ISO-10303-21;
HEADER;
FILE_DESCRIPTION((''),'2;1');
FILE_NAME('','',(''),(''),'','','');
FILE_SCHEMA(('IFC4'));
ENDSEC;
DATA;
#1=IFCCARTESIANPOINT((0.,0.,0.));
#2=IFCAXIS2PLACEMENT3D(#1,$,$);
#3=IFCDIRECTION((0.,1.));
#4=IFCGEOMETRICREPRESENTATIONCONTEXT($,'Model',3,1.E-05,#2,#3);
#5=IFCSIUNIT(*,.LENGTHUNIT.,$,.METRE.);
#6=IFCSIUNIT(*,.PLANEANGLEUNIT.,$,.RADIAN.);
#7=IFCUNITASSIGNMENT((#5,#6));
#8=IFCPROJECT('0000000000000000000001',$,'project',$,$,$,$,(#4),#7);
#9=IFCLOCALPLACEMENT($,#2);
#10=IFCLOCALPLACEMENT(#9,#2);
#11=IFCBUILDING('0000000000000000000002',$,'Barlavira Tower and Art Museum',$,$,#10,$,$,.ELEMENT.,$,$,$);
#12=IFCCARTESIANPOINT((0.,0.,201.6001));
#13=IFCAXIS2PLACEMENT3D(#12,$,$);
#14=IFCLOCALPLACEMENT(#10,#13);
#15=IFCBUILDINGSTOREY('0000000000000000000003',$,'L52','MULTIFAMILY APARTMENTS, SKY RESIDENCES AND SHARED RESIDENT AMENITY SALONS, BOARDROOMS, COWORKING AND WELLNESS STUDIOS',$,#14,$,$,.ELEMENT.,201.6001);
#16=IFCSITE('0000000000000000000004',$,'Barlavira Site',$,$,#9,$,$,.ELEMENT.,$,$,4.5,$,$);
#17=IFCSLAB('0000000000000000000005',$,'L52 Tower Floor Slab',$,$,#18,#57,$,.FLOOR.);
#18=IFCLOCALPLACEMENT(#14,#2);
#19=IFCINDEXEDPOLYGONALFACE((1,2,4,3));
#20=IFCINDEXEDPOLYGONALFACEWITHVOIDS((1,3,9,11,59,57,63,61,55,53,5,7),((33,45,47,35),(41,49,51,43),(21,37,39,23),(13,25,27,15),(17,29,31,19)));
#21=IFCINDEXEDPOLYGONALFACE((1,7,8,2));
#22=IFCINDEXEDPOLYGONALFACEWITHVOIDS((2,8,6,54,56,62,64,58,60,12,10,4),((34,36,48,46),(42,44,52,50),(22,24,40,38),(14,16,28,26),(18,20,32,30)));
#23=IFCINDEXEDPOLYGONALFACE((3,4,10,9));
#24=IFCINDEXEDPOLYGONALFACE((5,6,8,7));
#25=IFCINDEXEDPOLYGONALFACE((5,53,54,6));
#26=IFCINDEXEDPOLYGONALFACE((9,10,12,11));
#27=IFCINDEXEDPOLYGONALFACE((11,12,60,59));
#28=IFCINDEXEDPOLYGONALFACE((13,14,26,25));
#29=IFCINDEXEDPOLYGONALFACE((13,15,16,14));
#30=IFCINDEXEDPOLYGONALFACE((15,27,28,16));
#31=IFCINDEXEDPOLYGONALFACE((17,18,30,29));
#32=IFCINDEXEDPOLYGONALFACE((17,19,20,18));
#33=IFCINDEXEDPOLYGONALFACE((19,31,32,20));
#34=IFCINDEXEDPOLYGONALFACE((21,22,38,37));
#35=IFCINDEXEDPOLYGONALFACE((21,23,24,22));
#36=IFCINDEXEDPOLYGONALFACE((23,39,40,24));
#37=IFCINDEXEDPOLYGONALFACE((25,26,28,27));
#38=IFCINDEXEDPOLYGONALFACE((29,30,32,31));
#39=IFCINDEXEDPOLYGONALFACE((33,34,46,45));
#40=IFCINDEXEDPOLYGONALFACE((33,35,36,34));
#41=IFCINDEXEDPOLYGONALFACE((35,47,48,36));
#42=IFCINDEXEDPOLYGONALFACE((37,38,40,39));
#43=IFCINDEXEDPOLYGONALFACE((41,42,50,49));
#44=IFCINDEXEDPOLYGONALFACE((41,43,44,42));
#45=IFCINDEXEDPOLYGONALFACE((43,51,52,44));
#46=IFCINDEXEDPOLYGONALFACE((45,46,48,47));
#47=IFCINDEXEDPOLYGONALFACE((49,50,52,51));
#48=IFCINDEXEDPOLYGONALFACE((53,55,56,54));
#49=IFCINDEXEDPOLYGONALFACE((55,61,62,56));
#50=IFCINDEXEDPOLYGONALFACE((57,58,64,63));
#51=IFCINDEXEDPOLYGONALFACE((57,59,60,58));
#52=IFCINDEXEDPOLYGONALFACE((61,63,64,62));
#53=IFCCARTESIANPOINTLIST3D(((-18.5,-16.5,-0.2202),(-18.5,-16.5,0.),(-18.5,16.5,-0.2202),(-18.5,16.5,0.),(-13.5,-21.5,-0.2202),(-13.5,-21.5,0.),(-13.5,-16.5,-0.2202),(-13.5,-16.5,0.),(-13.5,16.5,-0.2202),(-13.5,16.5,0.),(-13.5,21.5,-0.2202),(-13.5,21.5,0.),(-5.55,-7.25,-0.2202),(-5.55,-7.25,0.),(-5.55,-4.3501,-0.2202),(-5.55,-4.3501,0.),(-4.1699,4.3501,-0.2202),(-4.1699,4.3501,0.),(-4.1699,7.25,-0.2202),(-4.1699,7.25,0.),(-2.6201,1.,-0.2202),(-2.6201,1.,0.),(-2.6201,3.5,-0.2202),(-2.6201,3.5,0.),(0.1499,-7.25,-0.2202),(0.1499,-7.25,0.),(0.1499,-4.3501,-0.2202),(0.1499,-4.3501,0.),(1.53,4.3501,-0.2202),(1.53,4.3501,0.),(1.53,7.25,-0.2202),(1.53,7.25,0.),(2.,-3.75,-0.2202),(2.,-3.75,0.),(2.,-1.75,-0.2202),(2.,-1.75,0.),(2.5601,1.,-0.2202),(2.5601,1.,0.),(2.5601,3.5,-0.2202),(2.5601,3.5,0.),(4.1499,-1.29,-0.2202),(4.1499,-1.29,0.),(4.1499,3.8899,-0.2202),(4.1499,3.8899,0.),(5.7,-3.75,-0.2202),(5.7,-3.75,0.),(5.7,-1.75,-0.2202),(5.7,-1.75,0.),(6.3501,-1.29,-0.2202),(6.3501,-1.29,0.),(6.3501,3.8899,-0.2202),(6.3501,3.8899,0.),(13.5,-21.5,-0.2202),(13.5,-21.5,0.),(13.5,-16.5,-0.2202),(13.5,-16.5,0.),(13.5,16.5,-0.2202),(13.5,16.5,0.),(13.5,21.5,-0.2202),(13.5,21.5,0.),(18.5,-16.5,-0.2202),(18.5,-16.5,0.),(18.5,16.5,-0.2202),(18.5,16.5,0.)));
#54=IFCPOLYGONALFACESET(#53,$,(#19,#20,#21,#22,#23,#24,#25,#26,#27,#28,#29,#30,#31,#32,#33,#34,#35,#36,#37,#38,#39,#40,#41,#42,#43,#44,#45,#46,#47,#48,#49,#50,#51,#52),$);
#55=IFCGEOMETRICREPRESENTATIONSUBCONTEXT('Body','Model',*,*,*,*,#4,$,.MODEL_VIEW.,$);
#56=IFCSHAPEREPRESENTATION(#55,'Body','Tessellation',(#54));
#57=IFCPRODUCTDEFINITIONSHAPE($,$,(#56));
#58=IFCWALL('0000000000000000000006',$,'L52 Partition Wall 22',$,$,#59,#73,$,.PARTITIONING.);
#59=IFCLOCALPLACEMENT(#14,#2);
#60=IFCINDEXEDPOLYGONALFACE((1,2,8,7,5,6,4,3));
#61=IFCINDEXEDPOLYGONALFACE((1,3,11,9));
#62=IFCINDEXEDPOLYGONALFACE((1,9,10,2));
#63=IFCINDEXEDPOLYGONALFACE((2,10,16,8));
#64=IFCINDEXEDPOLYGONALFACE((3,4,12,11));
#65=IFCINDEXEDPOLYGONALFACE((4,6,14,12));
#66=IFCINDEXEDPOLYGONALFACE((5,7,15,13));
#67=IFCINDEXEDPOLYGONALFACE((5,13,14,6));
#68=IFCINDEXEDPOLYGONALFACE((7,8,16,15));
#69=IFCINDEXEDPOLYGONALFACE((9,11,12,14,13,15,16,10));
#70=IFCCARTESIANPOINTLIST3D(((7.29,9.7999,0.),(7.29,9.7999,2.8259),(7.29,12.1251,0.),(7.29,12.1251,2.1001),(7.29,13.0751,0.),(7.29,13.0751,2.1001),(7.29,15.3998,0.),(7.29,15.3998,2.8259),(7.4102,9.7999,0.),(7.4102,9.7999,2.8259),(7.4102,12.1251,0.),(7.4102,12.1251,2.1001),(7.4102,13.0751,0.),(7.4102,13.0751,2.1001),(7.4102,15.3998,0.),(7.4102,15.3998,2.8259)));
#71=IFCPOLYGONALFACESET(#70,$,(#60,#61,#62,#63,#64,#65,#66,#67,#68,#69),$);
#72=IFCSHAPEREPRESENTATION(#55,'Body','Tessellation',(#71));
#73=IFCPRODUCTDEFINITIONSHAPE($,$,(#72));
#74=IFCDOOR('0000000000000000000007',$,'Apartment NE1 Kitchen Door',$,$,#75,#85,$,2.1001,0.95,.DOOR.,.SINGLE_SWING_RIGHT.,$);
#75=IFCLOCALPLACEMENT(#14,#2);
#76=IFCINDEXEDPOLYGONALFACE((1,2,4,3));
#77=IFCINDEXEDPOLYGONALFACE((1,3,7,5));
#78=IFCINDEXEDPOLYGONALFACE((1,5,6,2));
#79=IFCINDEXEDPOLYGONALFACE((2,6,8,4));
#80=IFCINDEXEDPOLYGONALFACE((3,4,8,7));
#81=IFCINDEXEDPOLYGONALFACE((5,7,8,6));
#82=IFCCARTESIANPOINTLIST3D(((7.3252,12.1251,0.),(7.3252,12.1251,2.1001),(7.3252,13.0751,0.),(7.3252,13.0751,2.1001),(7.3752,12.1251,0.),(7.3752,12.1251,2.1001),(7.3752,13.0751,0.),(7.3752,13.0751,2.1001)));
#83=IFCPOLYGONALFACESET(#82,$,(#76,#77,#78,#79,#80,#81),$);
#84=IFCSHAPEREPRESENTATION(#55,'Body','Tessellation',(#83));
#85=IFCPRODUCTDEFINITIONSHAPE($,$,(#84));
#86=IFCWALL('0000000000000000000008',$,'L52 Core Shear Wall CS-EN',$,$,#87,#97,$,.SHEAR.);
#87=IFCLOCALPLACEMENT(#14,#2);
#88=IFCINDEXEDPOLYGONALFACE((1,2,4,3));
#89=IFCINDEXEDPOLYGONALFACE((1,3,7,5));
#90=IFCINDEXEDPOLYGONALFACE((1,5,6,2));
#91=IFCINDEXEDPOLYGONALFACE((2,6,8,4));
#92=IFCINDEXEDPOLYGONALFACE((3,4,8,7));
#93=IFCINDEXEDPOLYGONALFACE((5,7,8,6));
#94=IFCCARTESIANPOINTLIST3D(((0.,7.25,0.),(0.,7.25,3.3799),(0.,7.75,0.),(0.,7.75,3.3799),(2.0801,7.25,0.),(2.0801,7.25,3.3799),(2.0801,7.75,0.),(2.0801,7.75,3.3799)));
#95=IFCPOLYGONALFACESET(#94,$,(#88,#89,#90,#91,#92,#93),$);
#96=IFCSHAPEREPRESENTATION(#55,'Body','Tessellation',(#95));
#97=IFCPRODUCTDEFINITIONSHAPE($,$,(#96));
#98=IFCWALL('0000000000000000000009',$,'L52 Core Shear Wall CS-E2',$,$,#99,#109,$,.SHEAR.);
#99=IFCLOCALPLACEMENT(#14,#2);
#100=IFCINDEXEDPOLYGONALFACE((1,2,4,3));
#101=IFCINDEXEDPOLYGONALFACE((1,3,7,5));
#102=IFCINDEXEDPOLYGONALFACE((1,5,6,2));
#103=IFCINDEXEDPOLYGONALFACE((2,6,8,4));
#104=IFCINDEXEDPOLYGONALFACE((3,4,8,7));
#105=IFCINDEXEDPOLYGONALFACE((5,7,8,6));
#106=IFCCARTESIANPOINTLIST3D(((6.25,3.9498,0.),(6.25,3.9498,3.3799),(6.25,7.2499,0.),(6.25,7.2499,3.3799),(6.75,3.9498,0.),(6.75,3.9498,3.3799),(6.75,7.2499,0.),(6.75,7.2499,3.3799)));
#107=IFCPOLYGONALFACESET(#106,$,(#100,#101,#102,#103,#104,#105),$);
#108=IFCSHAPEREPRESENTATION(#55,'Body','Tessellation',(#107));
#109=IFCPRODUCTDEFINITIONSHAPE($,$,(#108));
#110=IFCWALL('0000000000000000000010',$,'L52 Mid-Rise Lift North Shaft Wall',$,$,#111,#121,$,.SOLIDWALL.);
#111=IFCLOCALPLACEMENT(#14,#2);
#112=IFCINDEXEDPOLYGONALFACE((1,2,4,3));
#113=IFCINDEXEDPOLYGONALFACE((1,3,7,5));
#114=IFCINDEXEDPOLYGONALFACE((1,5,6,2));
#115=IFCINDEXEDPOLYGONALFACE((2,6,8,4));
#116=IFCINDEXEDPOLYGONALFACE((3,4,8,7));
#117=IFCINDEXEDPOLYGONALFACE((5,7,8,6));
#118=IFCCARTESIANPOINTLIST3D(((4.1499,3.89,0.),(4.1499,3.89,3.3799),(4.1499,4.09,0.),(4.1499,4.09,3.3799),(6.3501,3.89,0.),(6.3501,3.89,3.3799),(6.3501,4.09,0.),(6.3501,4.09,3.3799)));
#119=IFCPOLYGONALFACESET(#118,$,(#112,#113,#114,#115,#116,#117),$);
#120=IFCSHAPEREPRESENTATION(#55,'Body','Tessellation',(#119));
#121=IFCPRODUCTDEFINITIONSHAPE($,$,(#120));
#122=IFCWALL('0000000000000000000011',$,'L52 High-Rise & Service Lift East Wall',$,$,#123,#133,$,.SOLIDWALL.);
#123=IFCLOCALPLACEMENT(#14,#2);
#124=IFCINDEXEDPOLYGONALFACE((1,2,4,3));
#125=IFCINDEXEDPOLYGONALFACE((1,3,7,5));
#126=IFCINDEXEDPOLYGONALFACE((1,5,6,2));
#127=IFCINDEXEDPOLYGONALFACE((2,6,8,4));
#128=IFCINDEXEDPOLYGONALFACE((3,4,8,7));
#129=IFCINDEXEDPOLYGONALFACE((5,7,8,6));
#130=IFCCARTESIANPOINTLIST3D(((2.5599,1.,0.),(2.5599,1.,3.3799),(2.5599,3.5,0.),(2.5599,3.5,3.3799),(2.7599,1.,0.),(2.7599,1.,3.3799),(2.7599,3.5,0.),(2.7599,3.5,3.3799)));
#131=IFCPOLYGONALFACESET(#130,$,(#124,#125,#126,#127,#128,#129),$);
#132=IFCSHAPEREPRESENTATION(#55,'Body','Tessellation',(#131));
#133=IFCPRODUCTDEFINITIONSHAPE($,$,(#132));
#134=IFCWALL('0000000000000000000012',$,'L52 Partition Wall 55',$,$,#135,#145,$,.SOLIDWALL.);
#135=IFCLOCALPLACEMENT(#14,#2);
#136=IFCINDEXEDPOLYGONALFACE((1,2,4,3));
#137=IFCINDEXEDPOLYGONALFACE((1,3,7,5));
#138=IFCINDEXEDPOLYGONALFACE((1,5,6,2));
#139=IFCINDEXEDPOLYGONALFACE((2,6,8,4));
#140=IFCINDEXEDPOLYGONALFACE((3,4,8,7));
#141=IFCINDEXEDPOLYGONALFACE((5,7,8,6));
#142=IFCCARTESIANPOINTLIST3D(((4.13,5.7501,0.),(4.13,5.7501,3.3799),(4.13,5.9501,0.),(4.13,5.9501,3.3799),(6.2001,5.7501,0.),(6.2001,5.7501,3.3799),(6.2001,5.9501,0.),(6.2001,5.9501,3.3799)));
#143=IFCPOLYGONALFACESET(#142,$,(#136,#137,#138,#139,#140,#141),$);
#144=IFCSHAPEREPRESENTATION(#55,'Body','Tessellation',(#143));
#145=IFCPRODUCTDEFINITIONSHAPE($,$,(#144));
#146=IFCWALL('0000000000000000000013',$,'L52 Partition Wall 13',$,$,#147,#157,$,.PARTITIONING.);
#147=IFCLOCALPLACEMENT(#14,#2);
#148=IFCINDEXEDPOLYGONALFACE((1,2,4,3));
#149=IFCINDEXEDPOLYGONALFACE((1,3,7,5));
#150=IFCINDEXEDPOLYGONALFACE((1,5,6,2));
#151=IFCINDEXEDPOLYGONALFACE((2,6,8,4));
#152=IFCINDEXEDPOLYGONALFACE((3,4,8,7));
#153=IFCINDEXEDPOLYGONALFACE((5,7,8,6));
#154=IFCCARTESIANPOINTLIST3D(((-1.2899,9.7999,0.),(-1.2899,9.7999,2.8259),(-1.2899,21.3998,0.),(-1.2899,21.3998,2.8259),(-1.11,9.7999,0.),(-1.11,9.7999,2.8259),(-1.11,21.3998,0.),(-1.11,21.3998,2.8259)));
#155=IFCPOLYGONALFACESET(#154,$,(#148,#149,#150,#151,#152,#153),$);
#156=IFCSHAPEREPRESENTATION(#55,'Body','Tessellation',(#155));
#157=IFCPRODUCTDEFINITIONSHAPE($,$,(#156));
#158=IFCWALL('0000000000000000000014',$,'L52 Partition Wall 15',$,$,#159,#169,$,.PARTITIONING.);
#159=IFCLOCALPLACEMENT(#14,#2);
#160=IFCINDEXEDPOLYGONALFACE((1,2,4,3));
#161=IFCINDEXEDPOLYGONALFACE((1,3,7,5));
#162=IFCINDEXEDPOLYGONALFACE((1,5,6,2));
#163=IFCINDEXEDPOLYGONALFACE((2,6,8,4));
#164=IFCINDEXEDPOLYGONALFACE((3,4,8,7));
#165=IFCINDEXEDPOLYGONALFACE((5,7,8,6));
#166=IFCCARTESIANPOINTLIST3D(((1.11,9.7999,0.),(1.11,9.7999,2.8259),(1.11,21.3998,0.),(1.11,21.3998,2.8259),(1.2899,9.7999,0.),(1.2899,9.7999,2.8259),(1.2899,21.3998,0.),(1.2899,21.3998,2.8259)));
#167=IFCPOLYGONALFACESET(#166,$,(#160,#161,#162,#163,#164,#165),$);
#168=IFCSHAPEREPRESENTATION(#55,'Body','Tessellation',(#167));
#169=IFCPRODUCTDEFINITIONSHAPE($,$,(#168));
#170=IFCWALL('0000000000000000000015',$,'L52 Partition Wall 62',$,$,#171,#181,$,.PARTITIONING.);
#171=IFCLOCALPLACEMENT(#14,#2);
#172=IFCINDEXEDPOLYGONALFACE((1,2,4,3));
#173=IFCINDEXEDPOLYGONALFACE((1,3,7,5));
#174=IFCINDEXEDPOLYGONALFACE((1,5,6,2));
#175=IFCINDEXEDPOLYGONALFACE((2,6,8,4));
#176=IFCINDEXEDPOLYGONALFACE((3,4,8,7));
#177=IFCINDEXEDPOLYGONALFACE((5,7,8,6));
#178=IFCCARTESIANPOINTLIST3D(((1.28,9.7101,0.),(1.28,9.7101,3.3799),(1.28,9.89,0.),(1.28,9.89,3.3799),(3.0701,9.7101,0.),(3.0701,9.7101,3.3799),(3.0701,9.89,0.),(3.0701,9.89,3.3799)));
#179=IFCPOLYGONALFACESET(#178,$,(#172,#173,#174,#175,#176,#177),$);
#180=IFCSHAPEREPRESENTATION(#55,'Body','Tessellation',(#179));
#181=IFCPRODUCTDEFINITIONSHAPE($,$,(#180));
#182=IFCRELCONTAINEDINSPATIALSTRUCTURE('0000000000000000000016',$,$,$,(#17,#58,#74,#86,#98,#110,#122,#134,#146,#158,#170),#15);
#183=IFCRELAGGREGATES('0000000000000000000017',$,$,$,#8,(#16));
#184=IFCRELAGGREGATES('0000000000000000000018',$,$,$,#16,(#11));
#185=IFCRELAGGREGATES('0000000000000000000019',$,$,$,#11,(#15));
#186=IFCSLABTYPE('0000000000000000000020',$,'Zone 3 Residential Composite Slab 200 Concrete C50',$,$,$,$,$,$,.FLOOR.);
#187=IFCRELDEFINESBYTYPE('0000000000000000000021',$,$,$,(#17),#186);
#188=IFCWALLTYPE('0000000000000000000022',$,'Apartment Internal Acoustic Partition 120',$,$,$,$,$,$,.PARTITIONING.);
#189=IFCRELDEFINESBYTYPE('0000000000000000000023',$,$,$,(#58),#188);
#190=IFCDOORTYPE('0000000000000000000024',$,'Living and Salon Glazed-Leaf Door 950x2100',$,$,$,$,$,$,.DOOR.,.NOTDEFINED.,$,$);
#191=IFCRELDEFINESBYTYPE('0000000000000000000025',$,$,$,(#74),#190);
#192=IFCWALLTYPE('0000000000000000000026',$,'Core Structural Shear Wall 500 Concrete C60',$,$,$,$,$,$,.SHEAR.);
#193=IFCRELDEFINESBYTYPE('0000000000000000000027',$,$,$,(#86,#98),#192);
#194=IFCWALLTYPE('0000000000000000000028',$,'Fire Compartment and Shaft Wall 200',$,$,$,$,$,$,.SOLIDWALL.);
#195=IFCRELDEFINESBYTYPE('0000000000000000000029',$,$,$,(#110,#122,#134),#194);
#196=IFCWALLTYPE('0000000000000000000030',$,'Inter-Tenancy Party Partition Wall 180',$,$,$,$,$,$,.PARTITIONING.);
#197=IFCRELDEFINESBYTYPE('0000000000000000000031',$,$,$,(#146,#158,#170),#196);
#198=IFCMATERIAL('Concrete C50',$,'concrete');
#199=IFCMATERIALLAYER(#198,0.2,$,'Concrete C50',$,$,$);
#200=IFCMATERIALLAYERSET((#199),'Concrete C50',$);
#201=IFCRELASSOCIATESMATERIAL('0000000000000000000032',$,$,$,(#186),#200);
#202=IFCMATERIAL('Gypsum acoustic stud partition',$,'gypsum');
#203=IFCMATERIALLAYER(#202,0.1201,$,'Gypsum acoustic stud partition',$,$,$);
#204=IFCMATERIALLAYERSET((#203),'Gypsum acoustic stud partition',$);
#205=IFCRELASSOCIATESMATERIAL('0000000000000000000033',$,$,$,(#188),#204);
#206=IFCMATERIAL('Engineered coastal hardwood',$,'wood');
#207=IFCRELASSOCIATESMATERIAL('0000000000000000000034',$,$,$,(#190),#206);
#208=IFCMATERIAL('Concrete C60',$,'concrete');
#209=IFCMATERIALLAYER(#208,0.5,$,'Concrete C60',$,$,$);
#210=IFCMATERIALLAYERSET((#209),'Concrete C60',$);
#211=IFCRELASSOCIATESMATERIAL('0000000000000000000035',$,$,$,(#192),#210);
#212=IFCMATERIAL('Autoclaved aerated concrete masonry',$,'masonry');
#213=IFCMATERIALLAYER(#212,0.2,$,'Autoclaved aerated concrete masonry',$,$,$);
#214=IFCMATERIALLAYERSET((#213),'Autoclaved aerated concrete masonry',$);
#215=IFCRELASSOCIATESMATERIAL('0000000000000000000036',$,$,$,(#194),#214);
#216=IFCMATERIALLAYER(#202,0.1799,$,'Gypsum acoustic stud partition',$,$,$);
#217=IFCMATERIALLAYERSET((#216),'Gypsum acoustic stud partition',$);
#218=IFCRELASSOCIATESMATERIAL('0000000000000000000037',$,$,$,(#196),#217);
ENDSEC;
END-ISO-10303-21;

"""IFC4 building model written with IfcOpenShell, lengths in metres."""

from ifc_helpers import new_model, si_unit, direction, frame, frame_2d, origin, place, context, subcontext, project, spatial, polyline, rectangle, outline, extrude, material, layer, layer_set, type_object, element, fill, save


model = new_model("IFC4")

# Units and contexts
model_context = context("Model", 3, precision=1e-05, world=origin(), true_north=direction((0.0, 1.0)))
body_context = subcontext(model_context, "Body", "Model", "MODEL_VIEW")
ifc_project = project(units=[si_unit("LENGTHUNIT", "METRE"), si_unit("PLANEANGLEUNIT", "RADIAN")], contexts=[model_context])

# Site, building, storey
site_placement = place(None, origin())
site = spatial("IfcSite", under=ifc_project, at=site_placement, Name="Barlavira Site", CompositionType="ELEMENT", RefElevation=4.5)
building_placement = place(site_placement, origin())
building = spatial("IfcBuilding", under=site, at=building_placement, Name="Barlavira Tower and Art Museum", CompositionType="ELEMENT")
storey_placement = place(building_placement, frame((0.0, 0.0, 201.6001)))
storey = spatial("IfcBuildingStorey", under=building, at=storey_placement, Name="L52", Description="MULTIFAMILY APARTMENTS, SKY RESIDENCES AND SHARED RESIDENT AMENITY SALONS, BOARDROOMS, COWORKING AND WELLNESS STUDIOS", CompositionType="ELEMENT", Elevation=201.6001)

# Slab
ifc_material_1 = material(Name="Concrete C50", Category="concrete")
ifc_layer_1 = layer(ifc_material_1, 0.2, Name="Concrete C50")
ifc_layer_set_1 = layer_set([ifc_layer_1], Name="Concrete C50")
slab_type_1 = type_object("IfcSlabType", Name="Zone 3 Residential Composite Slab 200 Concrete C50", PredefinedType="FLOOR", material=ifc_layer_set_1)
slab_1_placement = place(storey_placement, frame((0.0, 0.0, -0.2202)))
element("IfcSlab", 1, at=slab_1_placement, inside=storey, type_object=slab_type_1, Name="L52 Tower Floor Slab", PredefinedType="FLOOR", context=body_context, shape_type="SweptSolid", body=[
    extrude(outline(polyline([(-13.5, -21.5), (13.5, -21.5), (13.5, -16.5), (18.5, -16.5), (18.5, 16.5), (13.5, 16.5), (13.5, 21.5), (-13.5, 21.5), (-13.5, 16.5), (-18.5, 16.5), (-18.5, -16.5), (-13.5, -16.5), (-13.5, -21.5)]), holes=[polyline([(0.1499, -4.3501), (-5.55, -4.3501), (-5.55, -7.25), (0.1499, -7.25), (0.1499, -4.3501)]), polyline([(-4.1699, 4.3501), (1.53, 4.3501), (1.53, 7.25), (-4.1699, 7.25), (-4.1699, 4.3501)]), polyline([(4.1499, -1.29), (6.3501, -1.29), (6.3501, 3.8899), (4.1499, 3.8899), (4.1499, -1.29)]), polyline([(-2.6201, 1.0), (2.5601, 1.0), (2.5601, 3.5), (-2.6201, 3.5), (-2.6201, 1.0)]), polyline([(2.0, -3.75), (5.7, -3.75), (5.7, -1.75), (2.0, -1.75), (2.0, -3.75)])]), origin(), (0.0, 0.0, 1.0), 0.2202),
])

# Wall, opening, door
ifc_material_2 = material(Name="Gypsum acoustic stud partition", Category="gypsum")
ifc_layer_2 = layer(ifc_material_2, 0.1201, Name="Gypsum acoustic stud partition")
ifc_layer_set_2 = layer_set([ifc_layer_2], Name="Gypsum acoustic stud partition")
wall_type_1 = type_object("IfcWallType", Name="Apartment Internal Acoustic Partition 120", PredefinedType="PARTITIONING", material=ifc_layer_set_2)
wall_1_placement = place(storey_placement, frame((7.3501, 9.8, 0.0), z_axis=(0.0, 0.0, 1.0), x_axis=(0.0, 1.0, 0.0)))
wall_1 = element("IfcWall", 2, at=wall_1_placement, inside=storey, type_object=wall_type_1, Name="L52 Partition Wall 22", PredefinedType="PARTITIONING", context=body_context, shape_type="SweptSolid", body=[
    extrude(rectangle(XDim=5.5999, YDim=0.1201, at=frame_2d((2.7998, 0.0))), origin(), (0.0, 0.0, 1.0), 2.8259),
])
opening_1_placement = place(wall_1_placement, frame((2.325, 0.0, 0.0)))
opening_1 = element("IfcOpeningElement", 3, at=opening_1_placement, cuts=wall_1, PredefinedType="OPENING", context=body_context, shape_type="SweptSolid", body=[
    extrude(rectangle(XDim=0.95, YDim=2.1001, at=frame_2d((0.4751, 1.05))), frame((0.0, 0.0701, 0.0), z_axis=(0.0, -1.0, 0.0), x_axis=(1.0, 0.0, 0.0)), (0.0, 0.0, 1.0), 0.1401),
])
ifc_material_3 = material(Name="Engineered coastal hardwood", Category="wood")
door_type_1 = type_object("IfcDoorType", Name="Living and Salon Glazed-Leaf Door 950x2100", OperationType="NOTDEFINED", PredefinedType="DOOR", material=ifc_material_3)
door_1_placement = place(opening_1_placement, origin())
door_1 = element("IfcDoor", 4, at=door_1_placement, inside=storey, type_object=door_type_1, Name="Apartment NE1 Kitchen Door", OperationType="SINGLE_SWING_RIGHT", OverallHeight=2.1001, OverallWidth=0.95, PredefinedType="DOOR", context=body_context, shape_type="SweptSolid", body=[
    extrude(rectangle(XDim=0.95, YDim=2.1001, at=frame_2d((0.4751, 1.05))), frame((0.0, 0.0249, 0.0), z_axis=(0.0, -1.0, 0.0), x_axis=(1.0, 0.0, 0.0)), (0.0, 0.0, 1.0), 0.05),
])
fill(opening_1, door_1)

# Walls
ifc_material_4 = material(Name="Concrete C60", Category="concrete")
ifc_layer_3 = layer(ifc_material_4, 0.5, Name="Concrete C60")
ifc_layer_set_3 = layer_set([ifc_layer_3], Name="Concrete C60")
wall_type_2 = type_object("IfcWallType", Name="Core Structural Shear Wall 500 Concrete C60", PredefinedType="SHEAR", material=ifc_layer_set_3)
wall_2_placement = place(storey_placement, frame((0.0, 7.5, 0.0), z_axis=(0.0, 0.0, 1.0), x_axis=(1.0, 0.0, 0.0)))
element("IfcWall", 5, at=wall_2_placement, inside=storey, type_object=wall_type_2, Name="L52 Core Shear Wall CS-EN", PredefinedType="SHEAR", context=body_context, shape_type="SweptSolid", body=[
    extrude(rectangle(XDim=2.0801, YDim=0.5, at=frame_2d((1.04, 0.0))), origin(), (0.0, 0.0, 1.0), 3.3799),
])
wall_3_placement = place(storey_placement, frame((6.5, 3.95, 0.0), z_axis=(0.0, 0.0, 1.0), x_axis=(0.0, 1.0, 0.0)))
element("IfcWall", 6, at=wall_3_placement, inside=storey, type_object=wall_type_2, Name="L52 Core Shear Wall CS-E2", PredefinedType="SHEAR", context=body_context, shape_type="SweptSolid", body=[
    extrude(rectangle(XDim=3.3, YDim=0.5, at=frame_2d((1.6499, 0.0))), origin(), (0.0, 0.0, 1.0), 3.3799),
])
ifc_material_5 = material(Name="Autoclaved aerated concrete masonry", Category="masonry")
ifc_layer_4 = layer(ifc_material_5, 0.2, Name="Autoclaved aerated concrete masonry")
ifc_layer_set_4 = layer_set([ifc_layer_4], Name="Autoclaved aerated concrete masonry")
wall_type_3 = type_object("IfcWallType", Name="Fire Compartment and Shaft Wall 200", PredefinedType="SOLIDWALL", material=ifc_layer_set_4)
wall_4_placement = place(storey_placement, frame((4.1499, 3.99, 0.0), z_axis=(0.0, 0.0, 1.0), x_axis=(1.0, 0.0, 0.0)))
element("IfcWall", 7, at=wall_4_placement, inside=storey, type_object=wall_type_3, Name="L52 Mid-Rise Lift North Shaft Wall", PredefinedType="SOLIDWALL", context=body_context, shape_type="SweptSolid", body=[
    extrude(rectangle(XDim=2.2002, YDim=0.2, at=frame_2d((1.1001, 0.0))), origin(), (0.0, 0.0, 1.0), 3.3799),
])
wall_5_placement = place(storey_placement, frame((2.6599, 1.0, 0.0), z_axis=(0.0, 0.0, 1.0), x_axis=(0.0, 1.0, 0.0)))
element("IfcWall", 8, at=wall_5_placement, inside=storey, type_object=wall_type_3, Name="L52 High-Rise & Service Lift East Wall", PredefinedType="SOLIDWALL", context=body_context, shape_type="SweptSolid", body=[
    extrude(rectangle(XDim=2.5, YDim=0.2, at=frame_2d((1.25, 0.0))), origin(), (0.0, 0.0, 1.0), 3.3799),
])

# Walls
wall_6_placement = place(storey_placement, frame((4.1299, 5.8501, 0.0), z_axis=(0.0, 0.0, 1.0), x_axis=(1.0, 0.0, 0.0)))
element("IfcWall", 9, at=wall_6_placement, inside=storey, type_object=wall_type_3, Name="L52 Partition Wall 55", PredefinedType="SOLIDWALL", context=body_context, shape_type="SweptSolid", body=[
    extrude(rectangle(XDim=2.0701, YDim=0.2, at=frame_2d((1.0352, 0.0))), origin(), (0.0, 0.0, 1.0), 3.3799),
])
ifc_layer_5 = layer(ifc_material_2, 0.1799, Name="Gypsum acoustic stud partition")
ifc_layer_set_5 = layer_set([ifc_layer_5], Name="Gypsum acoustic stud partition")
wall_type_4 = type_object("IfcWallType", Name="Inter-Tenancy Party Partition Wall 180", PredefinedType="PARTITIONING", material=ifc_layer_set_5)
for number, where, z_axis, x_axis, name in (
    (10, (-1.2, 9.8, 0.0), (0.0, 0.0, 1.0), (0.0, 1.0, 0.0), "L52 Partition Wall 13"),
    (11, (1.2, 9.8, 0.0), (0.0, 0.0, 1.0), (0.0, 1.0, 0.0), "L52 Partition Wall 15"),
):
    element("IfcWall", number, at=place(storey_placement, frame(where, z_axis=z_axis, x_axis=x_axis)), inside=storey, type_object=wall_type_4, Name=name, PredefinedType="PARTITIONING", context=body_context, shape_type="SweptSolid", body=[
        extrude(rectangle(XDim=11.5999, YDim=0.1799, at=frame_2d((5.7998, 0.0))), origin(), (0.0, 0.0, 1.0), 2.8259),
    ])
wall_7_placement = place(storey_placement, frame((1.28, 9.8, 0.0), z_axis=(0.0, 0.0, 1.0), x_axis=(1.0, 0.0, 0.0)))
element("IfcWall", 12, at=wall_7_placement, inside=storey, type_object=wall_type_4, Name="L52 Partition Wall 62", PredefinedType="PARTITIONING", context=body_context, shape_type="SweptSolid", body=[
    extrude(rectangle(XDim=1.79, YDim=0.1799, at=frame_2d((0.895, 0.0))), origin(), (0.0, 0.0, 1.0), 3.3799),
])

save(model, "model.ifc")
